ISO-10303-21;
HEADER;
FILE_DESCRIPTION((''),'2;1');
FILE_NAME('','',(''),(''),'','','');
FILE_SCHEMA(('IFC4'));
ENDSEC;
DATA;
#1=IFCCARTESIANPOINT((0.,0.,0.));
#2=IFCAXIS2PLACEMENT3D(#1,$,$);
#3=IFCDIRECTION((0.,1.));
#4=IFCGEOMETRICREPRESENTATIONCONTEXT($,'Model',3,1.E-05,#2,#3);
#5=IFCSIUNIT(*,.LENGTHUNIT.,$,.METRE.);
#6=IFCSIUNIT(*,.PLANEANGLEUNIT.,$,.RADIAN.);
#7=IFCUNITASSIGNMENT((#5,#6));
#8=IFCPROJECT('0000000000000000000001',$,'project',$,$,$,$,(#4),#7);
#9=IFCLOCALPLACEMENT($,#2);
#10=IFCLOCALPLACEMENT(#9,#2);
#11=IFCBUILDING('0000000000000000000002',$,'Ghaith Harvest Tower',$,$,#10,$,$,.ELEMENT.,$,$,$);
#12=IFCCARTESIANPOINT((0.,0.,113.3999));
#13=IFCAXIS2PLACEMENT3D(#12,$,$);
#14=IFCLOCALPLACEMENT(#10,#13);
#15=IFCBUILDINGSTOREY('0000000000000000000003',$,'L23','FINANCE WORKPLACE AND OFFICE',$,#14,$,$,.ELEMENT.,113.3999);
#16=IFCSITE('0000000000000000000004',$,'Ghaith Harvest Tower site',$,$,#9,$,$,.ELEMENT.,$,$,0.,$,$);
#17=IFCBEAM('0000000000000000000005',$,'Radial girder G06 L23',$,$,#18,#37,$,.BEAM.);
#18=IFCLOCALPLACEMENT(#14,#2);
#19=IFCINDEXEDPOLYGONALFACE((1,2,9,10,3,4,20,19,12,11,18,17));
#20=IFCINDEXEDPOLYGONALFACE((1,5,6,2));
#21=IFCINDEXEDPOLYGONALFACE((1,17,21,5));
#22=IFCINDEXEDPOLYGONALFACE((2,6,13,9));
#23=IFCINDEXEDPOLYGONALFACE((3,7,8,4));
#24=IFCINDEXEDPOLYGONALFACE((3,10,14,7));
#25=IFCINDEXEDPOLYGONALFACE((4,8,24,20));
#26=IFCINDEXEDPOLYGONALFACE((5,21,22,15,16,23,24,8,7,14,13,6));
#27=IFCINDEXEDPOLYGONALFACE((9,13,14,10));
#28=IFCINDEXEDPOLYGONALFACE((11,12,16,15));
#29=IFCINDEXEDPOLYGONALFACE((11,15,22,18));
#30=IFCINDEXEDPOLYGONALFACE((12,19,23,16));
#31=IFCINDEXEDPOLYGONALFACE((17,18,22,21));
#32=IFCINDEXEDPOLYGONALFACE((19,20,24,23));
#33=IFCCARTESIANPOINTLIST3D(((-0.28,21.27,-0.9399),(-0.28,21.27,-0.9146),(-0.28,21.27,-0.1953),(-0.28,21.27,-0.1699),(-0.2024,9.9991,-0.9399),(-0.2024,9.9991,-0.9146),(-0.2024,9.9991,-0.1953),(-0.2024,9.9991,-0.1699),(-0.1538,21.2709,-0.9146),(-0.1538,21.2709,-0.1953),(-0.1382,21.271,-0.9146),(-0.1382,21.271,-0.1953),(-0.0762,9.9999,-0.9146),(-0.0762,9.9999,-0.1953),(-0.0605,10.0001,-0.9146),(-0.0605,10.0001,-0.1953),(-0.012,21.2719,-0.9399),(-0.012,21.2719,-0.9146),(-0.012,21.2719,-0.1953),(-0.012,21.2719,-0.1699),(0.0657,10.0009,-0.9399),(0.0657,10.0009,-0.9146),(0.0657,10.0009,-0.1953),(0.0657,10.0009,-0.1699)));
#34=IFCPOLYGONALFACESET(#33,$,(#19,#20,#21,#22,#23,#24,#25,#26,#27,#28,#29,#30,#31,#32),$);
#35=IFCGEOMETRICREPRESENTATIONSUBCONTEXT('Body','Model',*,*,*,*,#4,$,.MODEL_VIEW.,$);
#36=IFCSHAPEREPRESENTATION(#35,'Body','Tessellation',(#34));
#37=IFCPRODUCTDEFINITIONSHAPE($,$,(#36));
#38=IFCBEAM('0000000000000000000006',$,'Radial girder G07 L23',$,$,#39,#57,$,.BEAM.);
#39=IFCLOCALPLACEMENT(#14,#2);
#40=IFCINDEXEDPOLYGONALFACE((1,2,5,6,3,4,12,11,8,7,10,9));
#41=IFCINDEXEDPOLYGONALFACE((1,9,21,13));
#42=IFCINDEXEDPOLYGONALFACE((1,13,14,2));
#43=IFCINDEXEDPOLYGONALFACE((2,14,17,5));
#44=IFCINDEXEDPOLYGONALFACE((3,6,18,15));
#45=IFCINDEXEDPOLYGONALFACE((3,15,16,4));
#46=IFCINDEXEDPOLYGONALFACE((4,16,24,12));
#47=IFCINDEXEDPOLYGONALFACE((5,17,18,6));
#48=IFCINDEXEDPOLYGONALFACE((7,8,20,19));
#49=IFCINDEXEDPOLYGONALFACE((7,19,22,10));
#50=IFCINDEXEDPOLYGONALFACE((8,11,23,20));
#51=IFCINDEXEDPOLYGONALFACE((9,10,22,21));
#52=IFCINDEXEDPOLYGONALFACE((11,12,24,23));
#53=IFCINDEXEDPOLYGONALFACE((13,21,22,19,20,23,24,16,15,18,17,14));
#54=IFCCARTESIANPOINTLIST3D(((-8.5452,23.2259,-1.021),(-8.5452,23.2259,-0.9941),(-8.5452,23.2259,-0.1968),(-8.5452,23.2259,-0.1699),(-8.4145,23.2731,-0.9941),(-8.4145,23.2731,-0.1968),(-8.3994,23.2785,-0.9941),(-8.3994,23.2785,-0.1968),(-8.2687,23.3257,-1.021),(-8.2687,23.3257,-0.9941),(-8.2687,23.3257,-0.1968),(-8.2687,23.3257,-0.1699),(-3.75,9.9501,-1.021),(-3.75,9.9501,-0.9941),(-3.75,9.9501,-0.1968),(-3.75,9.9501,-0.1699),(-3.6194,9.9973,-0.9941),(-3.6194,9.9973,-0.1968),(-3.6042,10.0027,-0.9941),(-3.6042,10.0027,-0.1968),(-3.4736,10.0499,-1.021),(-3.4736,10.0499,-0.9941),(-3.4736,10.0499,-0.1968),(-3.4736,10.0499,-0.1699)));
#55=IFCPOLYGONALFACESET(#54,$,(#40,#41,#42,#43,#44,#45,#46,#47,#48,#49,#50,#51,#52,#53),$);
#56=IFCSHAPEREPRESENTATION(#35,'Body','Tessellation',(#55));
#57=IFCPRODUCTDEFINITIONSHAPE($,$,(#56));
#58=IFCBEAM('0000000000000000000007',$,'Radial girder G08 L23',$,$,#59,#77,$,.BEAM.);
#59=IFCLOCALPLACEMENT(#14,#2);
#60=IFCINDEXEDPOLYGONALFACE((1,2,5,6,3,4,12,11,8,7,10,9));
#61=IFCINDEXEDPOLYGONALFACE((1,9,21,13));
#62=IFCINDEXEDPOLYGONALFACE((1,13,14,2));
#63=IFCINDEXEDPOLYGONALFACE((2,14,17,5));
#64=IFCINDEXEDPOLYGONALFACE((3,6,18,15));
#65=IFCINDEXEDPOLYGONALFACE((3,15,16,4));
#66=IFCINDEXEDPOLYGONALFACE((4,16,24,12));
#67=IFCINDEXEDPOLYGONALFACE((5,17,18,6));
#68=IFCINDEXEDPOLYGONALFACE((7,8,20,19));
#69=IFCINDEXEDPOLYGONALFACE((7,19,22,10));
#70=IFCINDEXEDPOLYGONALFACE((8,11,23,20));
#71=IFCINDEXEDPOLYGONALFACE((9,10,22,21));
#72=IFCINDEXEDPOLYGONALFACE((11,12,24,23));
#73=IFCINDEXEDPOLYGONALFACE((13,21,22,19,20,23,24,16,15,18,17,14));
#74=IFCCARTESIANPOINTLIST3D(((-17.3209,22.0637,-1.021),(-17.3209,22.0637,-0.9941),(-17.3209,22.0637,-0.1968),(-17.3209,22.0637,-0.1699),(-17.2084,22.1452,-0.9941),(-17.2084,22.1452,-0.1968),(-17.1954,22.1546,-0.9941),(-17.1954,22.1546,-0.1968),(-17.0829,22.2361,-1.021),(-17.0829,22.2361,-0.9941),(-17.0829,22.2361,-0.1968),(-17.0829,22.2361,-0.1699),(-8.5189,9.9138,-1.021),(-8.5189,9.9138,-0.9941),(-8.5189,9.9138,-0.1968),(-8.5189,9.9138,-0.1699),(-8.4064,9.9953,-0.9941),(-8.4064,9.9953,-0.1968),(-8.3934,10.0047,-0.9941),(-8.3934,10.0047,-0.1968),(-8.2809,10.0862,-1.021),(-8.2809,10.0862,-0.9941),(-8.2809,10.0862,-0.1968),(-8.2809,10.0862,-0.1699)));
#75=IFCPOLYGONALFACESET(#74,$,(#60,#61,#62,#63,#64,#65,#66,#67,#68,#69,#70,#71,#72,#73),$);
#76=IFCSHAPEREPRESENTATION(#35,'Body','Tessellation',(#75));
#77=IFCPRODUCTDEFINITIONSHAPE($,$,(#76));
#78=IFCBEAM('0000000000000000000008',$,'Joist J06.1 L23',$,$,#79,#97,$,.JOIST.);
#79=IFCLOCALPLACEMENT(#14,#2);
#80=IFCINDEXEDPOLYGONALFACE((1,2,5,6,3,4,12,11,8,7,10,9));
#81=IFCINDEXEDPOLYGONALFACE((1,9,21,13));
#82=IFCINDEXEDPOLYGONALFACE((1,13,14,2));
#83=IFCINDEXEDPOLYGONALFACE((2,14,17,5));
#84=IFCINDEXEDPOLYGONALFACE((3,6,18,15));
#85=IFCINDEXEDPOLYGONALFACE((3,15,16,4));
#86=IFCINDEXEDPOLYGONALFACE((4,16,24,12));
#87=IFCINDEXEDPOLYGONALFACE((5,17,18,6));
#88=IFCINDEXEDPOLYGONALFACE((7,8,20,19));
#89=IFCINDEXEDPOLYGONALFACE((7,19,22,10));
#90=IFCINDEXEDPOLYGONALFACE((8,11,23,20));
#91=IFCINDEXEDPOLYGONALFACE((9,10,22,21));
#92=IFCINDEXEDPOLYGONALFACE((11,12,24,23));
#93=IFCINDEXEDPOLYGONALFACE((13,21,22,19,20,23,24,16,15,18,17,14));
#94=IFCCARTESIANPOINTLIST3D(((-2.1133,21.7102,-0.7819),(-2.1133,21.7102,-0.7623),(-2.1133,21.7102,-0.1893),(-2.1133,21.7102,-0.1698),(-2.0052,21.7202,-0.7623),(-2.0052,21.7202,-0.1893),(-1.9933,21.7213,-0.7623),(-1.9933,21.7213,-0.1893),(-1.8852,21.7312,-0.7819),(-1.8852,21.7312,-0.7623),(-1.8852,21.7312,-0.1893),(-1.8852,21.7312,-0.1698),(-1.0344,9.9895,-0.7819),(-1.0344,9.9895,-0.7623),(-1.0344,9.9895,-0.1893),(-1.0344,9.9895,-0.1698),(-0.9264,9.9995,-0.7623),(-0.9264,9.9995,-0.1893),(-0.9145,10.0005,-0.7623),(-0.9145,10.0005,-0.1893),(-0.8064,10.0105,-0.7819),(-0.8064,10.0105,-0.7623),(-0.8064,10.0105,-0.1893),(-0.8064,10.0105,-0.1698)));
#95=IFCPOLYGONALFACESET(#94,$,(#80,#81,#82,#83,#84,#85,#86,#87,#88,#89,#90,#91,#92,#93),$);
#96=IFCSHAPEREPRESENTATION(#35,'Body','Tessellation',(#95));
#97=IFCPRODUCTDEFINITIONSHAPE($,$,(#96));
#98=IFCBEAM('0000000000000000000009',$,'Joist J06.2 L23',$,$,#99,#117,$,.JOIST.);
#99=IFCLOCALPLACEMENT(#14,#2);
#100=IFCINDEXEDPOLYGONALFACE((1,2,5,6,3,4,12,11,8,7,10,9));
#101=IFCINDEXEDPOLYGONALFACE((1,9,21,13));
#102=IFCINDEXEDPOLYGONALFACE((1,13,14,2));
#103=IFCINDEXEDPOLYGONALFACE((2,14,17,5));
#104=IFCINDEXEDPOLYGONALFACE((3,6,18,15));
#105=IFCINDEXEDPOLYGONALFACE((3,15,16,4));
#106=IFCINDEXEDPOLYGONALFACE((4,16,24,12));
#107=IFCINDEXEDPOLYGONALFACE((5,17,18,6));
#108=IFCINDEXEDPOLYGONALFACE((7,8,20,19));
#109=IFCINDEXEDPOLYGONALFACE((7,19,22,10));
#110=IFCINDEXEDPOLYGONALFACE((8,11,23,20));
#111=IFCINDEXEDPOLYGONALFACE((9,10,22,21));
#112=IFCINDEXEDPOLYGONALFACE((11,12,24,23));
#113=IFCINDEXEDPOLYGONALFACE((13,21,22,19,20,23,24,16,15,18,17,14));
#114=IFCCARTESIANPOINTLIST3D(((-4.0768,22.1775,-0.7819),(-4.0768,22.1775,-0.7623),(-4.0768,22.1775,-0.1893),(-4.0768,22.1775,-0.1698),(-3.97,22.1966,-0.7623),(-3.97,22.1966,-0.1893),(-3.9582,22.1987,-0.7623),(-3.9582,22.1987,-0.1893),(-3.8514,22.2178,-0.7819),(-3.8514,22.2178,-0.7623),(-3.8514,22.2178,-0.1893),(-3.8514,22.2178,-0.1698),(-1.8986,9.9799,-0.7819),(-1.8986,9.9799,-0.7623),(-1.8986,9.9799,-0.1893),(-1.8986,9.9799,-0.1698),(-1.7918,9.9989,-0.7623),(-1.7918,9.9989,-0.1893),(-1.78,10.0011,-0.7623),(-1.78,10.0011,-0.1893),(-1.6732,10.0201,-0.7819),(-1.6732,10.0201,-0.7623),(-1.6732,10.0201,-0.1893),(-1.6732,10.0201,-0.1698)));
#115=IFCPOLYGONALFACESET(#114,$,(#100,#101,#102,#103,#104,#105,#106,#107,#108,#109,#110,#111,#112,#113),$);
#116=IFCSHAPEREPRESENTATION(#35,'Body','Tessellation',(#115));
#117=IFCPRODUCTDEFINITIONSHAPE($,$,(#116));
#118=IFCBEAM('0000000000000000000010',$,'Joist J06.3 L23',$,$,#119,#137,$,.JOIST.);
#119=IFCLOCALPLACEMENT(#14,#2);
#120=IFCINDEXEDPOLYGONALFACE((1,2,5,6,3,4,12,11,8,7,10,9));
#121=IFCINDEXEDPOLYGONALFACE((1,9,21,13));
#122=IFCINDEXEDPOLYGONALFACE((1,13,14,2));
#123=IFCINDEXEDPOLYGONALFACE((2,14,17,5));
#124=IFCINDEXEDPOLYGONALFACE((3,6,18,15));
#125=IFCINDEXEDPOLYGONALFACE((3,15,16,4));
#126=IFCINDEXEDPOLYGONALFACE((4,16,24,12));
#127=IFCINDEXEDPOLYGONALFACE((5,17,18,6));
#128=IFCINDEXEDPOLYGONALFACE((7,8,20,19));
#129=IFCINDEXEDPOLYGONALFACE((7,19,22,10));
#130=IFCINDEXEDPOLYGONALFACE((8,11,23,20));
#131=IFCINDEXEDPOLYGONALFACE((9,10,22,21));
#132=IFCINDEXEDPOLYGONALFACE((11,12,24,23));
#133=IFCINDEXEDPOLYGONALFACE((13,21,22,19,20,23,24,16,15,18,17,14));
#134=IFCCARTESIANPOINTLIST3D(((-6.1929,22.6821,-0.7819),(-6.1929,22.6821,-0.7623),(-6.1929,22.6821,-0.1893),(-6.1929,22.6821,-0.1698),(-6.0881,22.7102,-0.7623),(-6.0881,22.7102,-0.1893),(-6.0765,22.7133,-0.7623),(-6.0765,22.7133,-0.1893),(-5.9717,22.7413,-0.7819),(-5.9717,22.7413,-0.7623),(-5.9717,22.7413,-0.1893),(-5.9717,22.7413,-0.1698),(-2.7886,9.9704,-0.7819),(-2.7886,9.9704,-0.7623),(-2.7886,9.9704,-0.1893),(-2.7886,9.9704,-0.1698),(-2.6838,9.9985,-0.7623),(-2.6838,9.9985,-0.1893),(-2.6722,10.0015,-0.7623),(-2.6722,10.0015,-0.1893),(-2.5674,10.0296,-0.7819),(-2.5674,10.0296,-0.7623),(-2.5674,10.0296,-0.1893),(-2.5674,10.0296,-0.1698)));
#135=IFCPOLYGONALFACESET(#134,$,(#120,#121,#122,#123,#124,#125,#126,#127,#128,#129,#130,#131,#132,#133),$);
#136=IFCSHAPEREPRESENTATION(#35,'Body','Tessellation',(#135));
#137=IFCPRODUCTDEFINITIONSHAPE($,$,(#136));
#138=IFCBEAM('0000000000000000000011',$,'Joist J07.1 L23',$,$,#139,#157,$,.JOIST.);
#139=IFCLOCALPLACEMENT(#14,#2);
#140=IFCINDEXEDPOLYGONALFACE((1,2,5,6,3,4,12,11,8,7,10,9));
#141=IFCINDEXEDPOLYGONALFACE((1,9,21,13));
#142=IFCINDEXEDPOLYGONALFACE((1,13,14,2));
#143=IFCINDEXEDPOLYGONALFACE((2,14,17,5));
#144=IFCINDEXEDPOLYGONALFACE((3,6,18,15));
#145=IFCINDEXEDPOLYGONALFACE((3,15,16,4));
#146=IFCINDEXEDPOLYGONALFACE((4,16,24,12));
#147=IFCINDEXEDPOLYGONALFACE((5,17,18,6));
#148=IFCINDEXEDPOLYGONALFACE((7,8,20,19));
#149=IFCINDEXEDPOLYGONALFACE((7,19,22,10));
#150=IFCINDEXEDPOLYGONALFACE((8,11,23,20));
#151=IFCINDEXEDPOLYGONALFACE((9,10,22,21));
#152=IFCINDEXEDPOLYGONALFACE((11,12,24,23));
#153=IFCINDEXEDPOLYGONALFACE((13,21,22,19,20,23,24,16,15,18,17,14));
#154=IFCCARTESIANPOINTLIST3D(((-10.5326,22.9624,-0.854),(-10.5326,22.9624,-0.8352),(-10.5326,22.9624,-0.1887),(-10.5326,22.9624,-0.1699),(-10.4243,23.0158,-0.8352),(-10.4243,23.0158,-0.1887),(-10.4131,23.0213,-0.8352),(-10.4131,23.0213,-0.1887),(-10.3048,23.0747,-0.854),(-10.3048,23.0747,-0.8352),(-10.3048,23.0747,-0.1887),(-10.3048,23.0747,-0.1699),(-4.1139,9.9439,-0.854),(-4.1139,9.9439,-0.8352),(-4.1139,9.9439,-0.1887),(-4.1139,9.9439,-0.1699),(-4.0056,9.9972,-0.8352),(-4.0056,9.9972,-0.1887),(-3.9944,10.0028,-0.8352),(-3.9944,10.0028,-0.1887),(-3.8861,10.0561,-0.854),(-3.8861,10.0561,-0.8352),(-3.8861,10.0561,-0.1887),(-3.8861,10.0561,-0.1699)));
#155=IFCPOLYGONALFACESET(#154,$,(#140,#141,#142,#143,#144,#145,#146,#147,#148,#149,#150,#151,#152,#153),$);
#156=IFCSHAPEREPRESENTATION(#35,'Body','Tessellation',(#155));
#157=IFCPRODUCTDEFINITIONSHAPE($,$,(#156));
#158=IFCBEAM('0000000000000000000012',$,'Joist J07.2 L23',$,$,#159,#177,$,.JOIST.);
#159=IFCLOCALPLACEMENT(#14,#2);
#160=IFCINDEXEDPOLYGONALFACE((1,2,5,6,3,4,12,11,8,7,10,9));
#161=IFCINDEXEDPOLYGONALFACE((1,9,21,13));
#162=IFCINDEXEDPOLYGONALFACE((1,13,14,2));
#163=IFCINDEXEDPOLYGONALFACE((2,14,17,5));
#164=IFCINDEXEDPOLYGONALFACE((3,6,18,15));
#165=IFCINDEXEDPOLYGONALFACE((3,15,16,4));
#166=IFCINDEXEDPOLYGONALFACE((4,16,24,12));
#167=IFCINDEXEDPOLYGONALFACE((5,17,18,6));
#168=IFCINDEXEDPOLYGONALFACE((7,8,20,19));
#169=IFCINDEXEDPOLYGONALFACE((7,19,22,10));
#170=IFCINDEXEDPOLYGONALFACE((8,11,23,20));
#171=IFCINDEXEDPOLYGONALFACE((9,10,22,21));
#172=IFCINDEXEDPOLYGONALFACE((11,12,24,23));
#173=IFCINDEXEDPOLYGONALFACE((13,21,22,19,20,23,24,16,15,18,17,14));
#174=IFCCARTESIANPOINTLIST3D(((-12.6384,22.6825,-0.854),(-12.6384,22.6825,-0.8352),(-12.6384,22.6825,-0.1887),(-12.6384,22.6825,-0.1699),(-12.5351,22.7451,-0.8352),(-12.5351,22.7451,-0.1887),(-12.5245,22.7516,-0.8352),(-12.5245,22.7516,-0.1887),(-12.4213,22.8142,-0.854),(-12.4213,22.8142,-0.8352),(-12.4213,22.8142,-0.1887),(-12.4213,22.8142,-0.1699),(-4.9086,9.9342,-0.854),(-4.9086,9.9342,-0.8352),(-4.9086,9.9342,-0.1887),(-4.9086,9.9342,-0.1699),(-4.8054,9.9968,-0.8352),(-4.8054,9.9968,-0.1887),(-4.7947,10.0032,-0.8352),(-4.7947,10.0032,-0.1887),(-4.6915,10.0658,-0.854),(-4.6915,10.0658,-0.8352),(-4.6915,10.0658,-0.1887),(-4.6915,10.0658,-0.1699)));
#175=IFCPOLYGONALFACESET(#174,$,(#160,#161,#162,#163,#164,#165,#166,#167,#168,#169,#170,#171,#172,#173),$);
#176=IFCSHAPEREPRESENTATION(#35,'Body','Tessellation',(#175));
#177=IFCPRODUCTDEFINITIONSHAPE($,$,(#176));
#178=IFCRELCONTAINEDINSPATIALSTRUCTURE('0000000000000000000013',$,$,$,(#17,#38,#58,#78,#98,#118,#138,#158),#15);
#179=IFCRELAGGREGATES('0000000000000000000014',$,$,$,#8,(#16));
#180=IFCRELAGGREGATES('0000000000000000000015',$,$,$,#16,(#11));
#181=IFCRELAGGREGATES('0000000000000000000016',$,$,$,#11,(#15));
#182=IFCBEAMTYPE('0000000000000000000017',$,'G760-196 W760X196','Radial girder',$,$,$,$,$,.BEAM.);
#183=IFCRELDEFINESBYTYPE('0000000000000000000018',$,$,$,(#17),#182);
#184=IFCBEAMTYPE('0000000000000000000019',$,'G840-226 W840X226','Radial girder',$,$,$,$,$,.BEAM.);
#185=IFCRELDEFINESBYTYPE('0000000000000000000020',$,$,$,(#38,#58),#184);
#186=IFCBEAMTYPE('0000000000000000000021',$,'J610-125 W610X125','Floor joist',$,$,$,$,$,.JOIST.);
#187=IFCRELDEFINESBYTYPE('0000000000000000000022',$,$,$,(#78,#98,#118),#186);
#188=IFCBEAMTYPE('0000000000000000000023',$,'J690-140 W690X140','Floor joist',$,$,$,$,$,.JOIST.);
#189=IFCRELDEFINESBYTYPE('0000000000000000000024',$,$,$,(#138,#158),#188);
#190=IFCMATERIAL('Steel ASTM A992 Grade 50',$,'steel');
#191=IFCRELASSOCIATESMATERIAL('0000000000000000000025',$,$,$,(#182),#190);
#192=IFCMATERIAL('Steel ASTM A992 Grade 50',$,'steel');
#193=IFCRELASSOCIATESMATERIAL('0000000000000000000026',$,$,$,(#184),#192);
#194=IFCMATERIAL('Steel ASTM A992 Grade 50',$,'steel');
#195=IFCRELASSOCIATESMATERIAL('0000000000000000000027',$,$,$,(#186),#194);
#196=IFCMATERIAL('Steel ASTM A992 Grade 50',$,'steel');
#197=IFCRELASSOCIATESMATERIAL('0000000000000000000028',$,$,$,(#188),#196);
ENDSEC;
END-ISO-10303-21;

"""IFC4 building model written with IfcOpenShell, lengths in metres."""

from ifc_helpers import new_model, si_unit, direction, frame, origin, origin_2d, place, context, subcontext, project, spatial, i_section, extrude, material, material_profile, profile_set, type_object, element, save


model = new_model("IFC4")

# Units and contexts
model_context = context("Model", 3, precision=1e-05, world=origin(), true_north=direction((0.0, 1.0)))
body_context = subcontext(model_context, "Body", "Model", "MODEL_VIEW")
ifc_project = project(units=[si_unit("LENGTHUNIT", "METRE"), si_unit("PLANEANGLEUNIT", "RADIAN")], contexts=[model_context])

# Site, building, storey
site_placement = place(None, origin())
site = spatial("IfcSite", under=ifc_project, at=site_placement, Name="Ghaith Harvest Tower site", CompositionType="ELEMENT", RefElevation=0.0)
building_placement = place(site_placement, origin())
building = spatial("IfcBuilding", under=site, at=building_placement, Name="Ghaith Harvest Tower", CompositionType="ELEMENT")
storey_placement = place(building_placement, frame((0.0, 0.0, 113.3999)))
storey = spatial("IfcBuildingStorey", under=building, at=storey_placement, Name="L23", Description="FINANCE WORKPLACE AND OFFICE", CompositionType="ELEMENT", Elevation=113.3999)

# Beams
ifc_material_1 = material(Name="Steel ASTM A992 Grade 50", Category="steel")
ifc_material_profile_1 = material_profile(ifc_material_1, i_section(OverallWidth=0.2681, OverallDepth=0.77, WebThickness=0.0156, FlangeThickness=0.0254, at=origin_2d()), Name="W760X196")
ifc_profile_set_1 = profile_set([ifc_material_profile_1], Name="Steel ASTM A992 Grade 50")
beam_type_1 = type_object("IfcBeamType", Name="G760-196 W760X196", Description="Radial girder", PredefinedType="BEAM", material=ifc_profile_set_1)
beam_1_placement = place(storey_placement, frame((-0.0684, 10.0, -0.5549), z_axis=(-0.006888, 0.999976, 0.0), x_axis=(-0.999976, -0.006888, 0.0)))
element("IfcBeam", 1, at=beam_1_placement, inside=storey, type_object=beam_type_1, Name="Radial girder G06 L23", PredefinedType="BEAM", context=body_context, shape_type="SweptSolid", body=[
    extrude(i_section(OverallWidth=0.2681, OverallDepth=0.77, WebThickness=0.0156, FlangeThickness=0.0254, at=origin_2d()), origin(), (0.0, 0.0, 1.0), 11.2712),
])
ifc_material_2 = material(Name="Steel ASTM A992 Grade 50", Category="steel")
ifc_material_profile_2 = material_profile(ifc_material_2, i_section(OverallWidth=0.2939, OverallDepth=0.8511, WebThickness=0.0161, FlangeThickness=0.0269, at=origin_2d()), Name="W840X226")
ifc_profile_set_2 = profile_set([ifc_material_profile_2], Name="Steel ASTM A992 Grade 50")
beam_type_2 = type_object("IfcBeamType", Name="G840-226 W840X226", Description="Radial girder", PredefinedType="BEAM", material=ifc_profile_set_2)
beam_2_placement = place(storey_placement, frame((-3.6118, 10.0, -0.5955), z_axis=(-0.339713, 0.940529, 0.0), x_axis=(-0.940529, -0.339713, 0.0)))
element("IfcBeam", 2, at=beam_2_placement, inside=storey, type_object=beam_type_2, Name="Radial girder G07 L23", PredefinedType="BEAM", context=body_context, shape_type="SweptSolid", body=[
    extrude(i_section(OverallWidth=0.2939, OverallDepth=0.8511, WebThickness=0.0161, FlangeThickness=0.0269, at=origin_2d()), origin(), (0.0, 0.0, 1.0), 14.1152),
])
beam_3_placement = place(storey_placement, frame((-8.3999, 10.0, -0.5955), z_axis=(-0.586676, 0.809822, 0.0), x_axis=(-0.809822, -0.586676, 0.0)))
element("IfcBeam", 3, at=beam_3_placement, inside=storey, type_object=beam_type_2, Name="Radial girder G08 L23", PredefinedType="BEAM", context=body_context, shape_type="SweptSolid", body=[
    extrude(i_section(OverallWidth=0.2939, OverallDepth=0.8511, WebThickness=0.0161, FlangeThickness=0.0269, at=origin_2d()), origin(), (0.0, 0.0, 1.0), 15.0032),
])
ifc_material_3 = material(Name="Steel ASTM A992 Grade 50", Category="steel")
ifc_material_profile_3 = material_profile(ifc_material_3, i_section(OverallWidth=0.229, OverallDepth=0.6121, WebThickness=0.012, FlangeThickness=0.0195, at=origin_2d()), Name="W610X125")
ifc_profile_set_3 = profile_set([ifc_material_profile_3], Name="Steel ASTM A992 Grade 50")
beam_type_3 = type_object("IfcBeamType", Name="J610-125 W610X125", Description="Floor joist", PredefinedType="JOIST", material=ifc_profile_set_3)
beam_4_placement = place(storey_placement, frame((-0.9204, 10.0, -0.4758), z_axis=(-0.09166, 0.99579, 0.0), x_axis=(-0.99579, -0.09166, 0.0)))
element("IfcBeam", 4, at=beam_4_placement, inside=storey, type_object=beam_type_3, Name="Joist J06.1 L23", PredefinedType="JOIST", context=body_context, shape_type="SweptSolid", body=[
    extrude(i_section(OverallWidth=0.229, OverallDepth=0.6121, WebThickness=0.012, FlangeThickness=0.0195, at=origin_2d()), origin(), (0.0, 0.0, 1.0), 11.7703),
])
beam_5_placement = place(storey_placement, frame((-1.7859, 10.0, -0.4758), z_axis=(-0.175795, 0.984427, 0.0), x_axis=(-0.984427, -0.175795, 0.0)))
element("IfcBeam", 5, at=beam_5_placement, inside=storey, type_object=beam_type_3, Name="Joist J06.2 L23", PredefinedType="JOIST", context=body_context, shape_type="SweptSolid", body=[
    extrude(i_section(OverallWidth=0.229, OverallDepth=0.6121, WebThickness=0.012, FlangeThickness=0.0195, at=origin_2d()), origin(), (0.0, 0.0, 1.0), 12.3906),
])
beam_6_placement = place(storey_placement, frame((-2.678, 10.0, -0.4758), z_axis=(-0.258693, 0.96596, 0.0), x_axis=(-0.96596, -0.258693, 0.0)))
element("IfcBeam", 6, at=beam_6_placement, inside=storey, type_object=beam_type_3, Name="Joist J06.3 L23", PredefinedType="JOIST", context=body_context, shape_type="SweptSolid", body=[
    extrude(i_section(OverallWidth=0.229, OverallDepth=0.6121, WebThickness=0.012, FlangeThickness=0.0195, at=origin_2d()), origin(), (0.0, 0.0, 1.0), 13.1597),
])
ifc_material_4 = material(Name="Steel ASTM A992 Grade 50", Category="steel")
ifc_material_profile_4 = material_profile(ifc_material_4, i_section(OverallWidth=0.2539, OverallDepth=0.6841, WebThickness=0.0125, FlangeThickness=0.0188, at=origin_2d()), Name="W690X140")
ifc_profile_set_4 = profile_set([ifc_material_profile_4], Name="Steel ASTM A992 Grade 50")
beam_type_4 = type_object("IfcBeamType", Name="J690-140 W690X140", Description="Floor joist", PredefinedType="JOIST", material=ifc_profile_set_4)
beam_7_placement = place(storey_placement, frame((-4.0, 10.0, -0.512), z_axis=(-0.442214, 0.896909, 0.0), x_axis=(-0.896909, -0.442214, 0.0)))
element("IfcBeam", 7, at=beam_7_placement, inside=storey, type_object=beam_type_4, Name="Joist J07.1 L23", PredefinedType="JOIST", context=body_context, shape_type="SweptSolid", body=[
    extrude(i_section(OverallWidth=0.2539, OverallDepth=0.6841, WebThickness=0.0125, FlangeThickness=0.0188, at=origin_2d()), origin(), (0.0, 0.0, 1.0), 14.5149),
])
beam_8_placement = place(storey_placement, frame((-4.8, 10.0, -0.512), z_axis=(-0.518473, 0.855094, 0.0), x_axis=(-0.855094, -0.518473, 0.0)))
element("IfcBeam", 8, at=beam_8_placement, inside=storey, type_object=beam_type_4, Name="Joist J07.2 L23", PredefinedType="JOIST", context=body_context, shape_type="SweptSolid", body=[
    extrude(i_section(OverallWidth=0.2539, OverallDepth=0.6841, WebThickness=0.0125, FlangeThickness=0.0188, at=origin_2d()), origin(), (0.0, 0.0, 1.0), 14.9087),
])

save(model, "model.ifc")
